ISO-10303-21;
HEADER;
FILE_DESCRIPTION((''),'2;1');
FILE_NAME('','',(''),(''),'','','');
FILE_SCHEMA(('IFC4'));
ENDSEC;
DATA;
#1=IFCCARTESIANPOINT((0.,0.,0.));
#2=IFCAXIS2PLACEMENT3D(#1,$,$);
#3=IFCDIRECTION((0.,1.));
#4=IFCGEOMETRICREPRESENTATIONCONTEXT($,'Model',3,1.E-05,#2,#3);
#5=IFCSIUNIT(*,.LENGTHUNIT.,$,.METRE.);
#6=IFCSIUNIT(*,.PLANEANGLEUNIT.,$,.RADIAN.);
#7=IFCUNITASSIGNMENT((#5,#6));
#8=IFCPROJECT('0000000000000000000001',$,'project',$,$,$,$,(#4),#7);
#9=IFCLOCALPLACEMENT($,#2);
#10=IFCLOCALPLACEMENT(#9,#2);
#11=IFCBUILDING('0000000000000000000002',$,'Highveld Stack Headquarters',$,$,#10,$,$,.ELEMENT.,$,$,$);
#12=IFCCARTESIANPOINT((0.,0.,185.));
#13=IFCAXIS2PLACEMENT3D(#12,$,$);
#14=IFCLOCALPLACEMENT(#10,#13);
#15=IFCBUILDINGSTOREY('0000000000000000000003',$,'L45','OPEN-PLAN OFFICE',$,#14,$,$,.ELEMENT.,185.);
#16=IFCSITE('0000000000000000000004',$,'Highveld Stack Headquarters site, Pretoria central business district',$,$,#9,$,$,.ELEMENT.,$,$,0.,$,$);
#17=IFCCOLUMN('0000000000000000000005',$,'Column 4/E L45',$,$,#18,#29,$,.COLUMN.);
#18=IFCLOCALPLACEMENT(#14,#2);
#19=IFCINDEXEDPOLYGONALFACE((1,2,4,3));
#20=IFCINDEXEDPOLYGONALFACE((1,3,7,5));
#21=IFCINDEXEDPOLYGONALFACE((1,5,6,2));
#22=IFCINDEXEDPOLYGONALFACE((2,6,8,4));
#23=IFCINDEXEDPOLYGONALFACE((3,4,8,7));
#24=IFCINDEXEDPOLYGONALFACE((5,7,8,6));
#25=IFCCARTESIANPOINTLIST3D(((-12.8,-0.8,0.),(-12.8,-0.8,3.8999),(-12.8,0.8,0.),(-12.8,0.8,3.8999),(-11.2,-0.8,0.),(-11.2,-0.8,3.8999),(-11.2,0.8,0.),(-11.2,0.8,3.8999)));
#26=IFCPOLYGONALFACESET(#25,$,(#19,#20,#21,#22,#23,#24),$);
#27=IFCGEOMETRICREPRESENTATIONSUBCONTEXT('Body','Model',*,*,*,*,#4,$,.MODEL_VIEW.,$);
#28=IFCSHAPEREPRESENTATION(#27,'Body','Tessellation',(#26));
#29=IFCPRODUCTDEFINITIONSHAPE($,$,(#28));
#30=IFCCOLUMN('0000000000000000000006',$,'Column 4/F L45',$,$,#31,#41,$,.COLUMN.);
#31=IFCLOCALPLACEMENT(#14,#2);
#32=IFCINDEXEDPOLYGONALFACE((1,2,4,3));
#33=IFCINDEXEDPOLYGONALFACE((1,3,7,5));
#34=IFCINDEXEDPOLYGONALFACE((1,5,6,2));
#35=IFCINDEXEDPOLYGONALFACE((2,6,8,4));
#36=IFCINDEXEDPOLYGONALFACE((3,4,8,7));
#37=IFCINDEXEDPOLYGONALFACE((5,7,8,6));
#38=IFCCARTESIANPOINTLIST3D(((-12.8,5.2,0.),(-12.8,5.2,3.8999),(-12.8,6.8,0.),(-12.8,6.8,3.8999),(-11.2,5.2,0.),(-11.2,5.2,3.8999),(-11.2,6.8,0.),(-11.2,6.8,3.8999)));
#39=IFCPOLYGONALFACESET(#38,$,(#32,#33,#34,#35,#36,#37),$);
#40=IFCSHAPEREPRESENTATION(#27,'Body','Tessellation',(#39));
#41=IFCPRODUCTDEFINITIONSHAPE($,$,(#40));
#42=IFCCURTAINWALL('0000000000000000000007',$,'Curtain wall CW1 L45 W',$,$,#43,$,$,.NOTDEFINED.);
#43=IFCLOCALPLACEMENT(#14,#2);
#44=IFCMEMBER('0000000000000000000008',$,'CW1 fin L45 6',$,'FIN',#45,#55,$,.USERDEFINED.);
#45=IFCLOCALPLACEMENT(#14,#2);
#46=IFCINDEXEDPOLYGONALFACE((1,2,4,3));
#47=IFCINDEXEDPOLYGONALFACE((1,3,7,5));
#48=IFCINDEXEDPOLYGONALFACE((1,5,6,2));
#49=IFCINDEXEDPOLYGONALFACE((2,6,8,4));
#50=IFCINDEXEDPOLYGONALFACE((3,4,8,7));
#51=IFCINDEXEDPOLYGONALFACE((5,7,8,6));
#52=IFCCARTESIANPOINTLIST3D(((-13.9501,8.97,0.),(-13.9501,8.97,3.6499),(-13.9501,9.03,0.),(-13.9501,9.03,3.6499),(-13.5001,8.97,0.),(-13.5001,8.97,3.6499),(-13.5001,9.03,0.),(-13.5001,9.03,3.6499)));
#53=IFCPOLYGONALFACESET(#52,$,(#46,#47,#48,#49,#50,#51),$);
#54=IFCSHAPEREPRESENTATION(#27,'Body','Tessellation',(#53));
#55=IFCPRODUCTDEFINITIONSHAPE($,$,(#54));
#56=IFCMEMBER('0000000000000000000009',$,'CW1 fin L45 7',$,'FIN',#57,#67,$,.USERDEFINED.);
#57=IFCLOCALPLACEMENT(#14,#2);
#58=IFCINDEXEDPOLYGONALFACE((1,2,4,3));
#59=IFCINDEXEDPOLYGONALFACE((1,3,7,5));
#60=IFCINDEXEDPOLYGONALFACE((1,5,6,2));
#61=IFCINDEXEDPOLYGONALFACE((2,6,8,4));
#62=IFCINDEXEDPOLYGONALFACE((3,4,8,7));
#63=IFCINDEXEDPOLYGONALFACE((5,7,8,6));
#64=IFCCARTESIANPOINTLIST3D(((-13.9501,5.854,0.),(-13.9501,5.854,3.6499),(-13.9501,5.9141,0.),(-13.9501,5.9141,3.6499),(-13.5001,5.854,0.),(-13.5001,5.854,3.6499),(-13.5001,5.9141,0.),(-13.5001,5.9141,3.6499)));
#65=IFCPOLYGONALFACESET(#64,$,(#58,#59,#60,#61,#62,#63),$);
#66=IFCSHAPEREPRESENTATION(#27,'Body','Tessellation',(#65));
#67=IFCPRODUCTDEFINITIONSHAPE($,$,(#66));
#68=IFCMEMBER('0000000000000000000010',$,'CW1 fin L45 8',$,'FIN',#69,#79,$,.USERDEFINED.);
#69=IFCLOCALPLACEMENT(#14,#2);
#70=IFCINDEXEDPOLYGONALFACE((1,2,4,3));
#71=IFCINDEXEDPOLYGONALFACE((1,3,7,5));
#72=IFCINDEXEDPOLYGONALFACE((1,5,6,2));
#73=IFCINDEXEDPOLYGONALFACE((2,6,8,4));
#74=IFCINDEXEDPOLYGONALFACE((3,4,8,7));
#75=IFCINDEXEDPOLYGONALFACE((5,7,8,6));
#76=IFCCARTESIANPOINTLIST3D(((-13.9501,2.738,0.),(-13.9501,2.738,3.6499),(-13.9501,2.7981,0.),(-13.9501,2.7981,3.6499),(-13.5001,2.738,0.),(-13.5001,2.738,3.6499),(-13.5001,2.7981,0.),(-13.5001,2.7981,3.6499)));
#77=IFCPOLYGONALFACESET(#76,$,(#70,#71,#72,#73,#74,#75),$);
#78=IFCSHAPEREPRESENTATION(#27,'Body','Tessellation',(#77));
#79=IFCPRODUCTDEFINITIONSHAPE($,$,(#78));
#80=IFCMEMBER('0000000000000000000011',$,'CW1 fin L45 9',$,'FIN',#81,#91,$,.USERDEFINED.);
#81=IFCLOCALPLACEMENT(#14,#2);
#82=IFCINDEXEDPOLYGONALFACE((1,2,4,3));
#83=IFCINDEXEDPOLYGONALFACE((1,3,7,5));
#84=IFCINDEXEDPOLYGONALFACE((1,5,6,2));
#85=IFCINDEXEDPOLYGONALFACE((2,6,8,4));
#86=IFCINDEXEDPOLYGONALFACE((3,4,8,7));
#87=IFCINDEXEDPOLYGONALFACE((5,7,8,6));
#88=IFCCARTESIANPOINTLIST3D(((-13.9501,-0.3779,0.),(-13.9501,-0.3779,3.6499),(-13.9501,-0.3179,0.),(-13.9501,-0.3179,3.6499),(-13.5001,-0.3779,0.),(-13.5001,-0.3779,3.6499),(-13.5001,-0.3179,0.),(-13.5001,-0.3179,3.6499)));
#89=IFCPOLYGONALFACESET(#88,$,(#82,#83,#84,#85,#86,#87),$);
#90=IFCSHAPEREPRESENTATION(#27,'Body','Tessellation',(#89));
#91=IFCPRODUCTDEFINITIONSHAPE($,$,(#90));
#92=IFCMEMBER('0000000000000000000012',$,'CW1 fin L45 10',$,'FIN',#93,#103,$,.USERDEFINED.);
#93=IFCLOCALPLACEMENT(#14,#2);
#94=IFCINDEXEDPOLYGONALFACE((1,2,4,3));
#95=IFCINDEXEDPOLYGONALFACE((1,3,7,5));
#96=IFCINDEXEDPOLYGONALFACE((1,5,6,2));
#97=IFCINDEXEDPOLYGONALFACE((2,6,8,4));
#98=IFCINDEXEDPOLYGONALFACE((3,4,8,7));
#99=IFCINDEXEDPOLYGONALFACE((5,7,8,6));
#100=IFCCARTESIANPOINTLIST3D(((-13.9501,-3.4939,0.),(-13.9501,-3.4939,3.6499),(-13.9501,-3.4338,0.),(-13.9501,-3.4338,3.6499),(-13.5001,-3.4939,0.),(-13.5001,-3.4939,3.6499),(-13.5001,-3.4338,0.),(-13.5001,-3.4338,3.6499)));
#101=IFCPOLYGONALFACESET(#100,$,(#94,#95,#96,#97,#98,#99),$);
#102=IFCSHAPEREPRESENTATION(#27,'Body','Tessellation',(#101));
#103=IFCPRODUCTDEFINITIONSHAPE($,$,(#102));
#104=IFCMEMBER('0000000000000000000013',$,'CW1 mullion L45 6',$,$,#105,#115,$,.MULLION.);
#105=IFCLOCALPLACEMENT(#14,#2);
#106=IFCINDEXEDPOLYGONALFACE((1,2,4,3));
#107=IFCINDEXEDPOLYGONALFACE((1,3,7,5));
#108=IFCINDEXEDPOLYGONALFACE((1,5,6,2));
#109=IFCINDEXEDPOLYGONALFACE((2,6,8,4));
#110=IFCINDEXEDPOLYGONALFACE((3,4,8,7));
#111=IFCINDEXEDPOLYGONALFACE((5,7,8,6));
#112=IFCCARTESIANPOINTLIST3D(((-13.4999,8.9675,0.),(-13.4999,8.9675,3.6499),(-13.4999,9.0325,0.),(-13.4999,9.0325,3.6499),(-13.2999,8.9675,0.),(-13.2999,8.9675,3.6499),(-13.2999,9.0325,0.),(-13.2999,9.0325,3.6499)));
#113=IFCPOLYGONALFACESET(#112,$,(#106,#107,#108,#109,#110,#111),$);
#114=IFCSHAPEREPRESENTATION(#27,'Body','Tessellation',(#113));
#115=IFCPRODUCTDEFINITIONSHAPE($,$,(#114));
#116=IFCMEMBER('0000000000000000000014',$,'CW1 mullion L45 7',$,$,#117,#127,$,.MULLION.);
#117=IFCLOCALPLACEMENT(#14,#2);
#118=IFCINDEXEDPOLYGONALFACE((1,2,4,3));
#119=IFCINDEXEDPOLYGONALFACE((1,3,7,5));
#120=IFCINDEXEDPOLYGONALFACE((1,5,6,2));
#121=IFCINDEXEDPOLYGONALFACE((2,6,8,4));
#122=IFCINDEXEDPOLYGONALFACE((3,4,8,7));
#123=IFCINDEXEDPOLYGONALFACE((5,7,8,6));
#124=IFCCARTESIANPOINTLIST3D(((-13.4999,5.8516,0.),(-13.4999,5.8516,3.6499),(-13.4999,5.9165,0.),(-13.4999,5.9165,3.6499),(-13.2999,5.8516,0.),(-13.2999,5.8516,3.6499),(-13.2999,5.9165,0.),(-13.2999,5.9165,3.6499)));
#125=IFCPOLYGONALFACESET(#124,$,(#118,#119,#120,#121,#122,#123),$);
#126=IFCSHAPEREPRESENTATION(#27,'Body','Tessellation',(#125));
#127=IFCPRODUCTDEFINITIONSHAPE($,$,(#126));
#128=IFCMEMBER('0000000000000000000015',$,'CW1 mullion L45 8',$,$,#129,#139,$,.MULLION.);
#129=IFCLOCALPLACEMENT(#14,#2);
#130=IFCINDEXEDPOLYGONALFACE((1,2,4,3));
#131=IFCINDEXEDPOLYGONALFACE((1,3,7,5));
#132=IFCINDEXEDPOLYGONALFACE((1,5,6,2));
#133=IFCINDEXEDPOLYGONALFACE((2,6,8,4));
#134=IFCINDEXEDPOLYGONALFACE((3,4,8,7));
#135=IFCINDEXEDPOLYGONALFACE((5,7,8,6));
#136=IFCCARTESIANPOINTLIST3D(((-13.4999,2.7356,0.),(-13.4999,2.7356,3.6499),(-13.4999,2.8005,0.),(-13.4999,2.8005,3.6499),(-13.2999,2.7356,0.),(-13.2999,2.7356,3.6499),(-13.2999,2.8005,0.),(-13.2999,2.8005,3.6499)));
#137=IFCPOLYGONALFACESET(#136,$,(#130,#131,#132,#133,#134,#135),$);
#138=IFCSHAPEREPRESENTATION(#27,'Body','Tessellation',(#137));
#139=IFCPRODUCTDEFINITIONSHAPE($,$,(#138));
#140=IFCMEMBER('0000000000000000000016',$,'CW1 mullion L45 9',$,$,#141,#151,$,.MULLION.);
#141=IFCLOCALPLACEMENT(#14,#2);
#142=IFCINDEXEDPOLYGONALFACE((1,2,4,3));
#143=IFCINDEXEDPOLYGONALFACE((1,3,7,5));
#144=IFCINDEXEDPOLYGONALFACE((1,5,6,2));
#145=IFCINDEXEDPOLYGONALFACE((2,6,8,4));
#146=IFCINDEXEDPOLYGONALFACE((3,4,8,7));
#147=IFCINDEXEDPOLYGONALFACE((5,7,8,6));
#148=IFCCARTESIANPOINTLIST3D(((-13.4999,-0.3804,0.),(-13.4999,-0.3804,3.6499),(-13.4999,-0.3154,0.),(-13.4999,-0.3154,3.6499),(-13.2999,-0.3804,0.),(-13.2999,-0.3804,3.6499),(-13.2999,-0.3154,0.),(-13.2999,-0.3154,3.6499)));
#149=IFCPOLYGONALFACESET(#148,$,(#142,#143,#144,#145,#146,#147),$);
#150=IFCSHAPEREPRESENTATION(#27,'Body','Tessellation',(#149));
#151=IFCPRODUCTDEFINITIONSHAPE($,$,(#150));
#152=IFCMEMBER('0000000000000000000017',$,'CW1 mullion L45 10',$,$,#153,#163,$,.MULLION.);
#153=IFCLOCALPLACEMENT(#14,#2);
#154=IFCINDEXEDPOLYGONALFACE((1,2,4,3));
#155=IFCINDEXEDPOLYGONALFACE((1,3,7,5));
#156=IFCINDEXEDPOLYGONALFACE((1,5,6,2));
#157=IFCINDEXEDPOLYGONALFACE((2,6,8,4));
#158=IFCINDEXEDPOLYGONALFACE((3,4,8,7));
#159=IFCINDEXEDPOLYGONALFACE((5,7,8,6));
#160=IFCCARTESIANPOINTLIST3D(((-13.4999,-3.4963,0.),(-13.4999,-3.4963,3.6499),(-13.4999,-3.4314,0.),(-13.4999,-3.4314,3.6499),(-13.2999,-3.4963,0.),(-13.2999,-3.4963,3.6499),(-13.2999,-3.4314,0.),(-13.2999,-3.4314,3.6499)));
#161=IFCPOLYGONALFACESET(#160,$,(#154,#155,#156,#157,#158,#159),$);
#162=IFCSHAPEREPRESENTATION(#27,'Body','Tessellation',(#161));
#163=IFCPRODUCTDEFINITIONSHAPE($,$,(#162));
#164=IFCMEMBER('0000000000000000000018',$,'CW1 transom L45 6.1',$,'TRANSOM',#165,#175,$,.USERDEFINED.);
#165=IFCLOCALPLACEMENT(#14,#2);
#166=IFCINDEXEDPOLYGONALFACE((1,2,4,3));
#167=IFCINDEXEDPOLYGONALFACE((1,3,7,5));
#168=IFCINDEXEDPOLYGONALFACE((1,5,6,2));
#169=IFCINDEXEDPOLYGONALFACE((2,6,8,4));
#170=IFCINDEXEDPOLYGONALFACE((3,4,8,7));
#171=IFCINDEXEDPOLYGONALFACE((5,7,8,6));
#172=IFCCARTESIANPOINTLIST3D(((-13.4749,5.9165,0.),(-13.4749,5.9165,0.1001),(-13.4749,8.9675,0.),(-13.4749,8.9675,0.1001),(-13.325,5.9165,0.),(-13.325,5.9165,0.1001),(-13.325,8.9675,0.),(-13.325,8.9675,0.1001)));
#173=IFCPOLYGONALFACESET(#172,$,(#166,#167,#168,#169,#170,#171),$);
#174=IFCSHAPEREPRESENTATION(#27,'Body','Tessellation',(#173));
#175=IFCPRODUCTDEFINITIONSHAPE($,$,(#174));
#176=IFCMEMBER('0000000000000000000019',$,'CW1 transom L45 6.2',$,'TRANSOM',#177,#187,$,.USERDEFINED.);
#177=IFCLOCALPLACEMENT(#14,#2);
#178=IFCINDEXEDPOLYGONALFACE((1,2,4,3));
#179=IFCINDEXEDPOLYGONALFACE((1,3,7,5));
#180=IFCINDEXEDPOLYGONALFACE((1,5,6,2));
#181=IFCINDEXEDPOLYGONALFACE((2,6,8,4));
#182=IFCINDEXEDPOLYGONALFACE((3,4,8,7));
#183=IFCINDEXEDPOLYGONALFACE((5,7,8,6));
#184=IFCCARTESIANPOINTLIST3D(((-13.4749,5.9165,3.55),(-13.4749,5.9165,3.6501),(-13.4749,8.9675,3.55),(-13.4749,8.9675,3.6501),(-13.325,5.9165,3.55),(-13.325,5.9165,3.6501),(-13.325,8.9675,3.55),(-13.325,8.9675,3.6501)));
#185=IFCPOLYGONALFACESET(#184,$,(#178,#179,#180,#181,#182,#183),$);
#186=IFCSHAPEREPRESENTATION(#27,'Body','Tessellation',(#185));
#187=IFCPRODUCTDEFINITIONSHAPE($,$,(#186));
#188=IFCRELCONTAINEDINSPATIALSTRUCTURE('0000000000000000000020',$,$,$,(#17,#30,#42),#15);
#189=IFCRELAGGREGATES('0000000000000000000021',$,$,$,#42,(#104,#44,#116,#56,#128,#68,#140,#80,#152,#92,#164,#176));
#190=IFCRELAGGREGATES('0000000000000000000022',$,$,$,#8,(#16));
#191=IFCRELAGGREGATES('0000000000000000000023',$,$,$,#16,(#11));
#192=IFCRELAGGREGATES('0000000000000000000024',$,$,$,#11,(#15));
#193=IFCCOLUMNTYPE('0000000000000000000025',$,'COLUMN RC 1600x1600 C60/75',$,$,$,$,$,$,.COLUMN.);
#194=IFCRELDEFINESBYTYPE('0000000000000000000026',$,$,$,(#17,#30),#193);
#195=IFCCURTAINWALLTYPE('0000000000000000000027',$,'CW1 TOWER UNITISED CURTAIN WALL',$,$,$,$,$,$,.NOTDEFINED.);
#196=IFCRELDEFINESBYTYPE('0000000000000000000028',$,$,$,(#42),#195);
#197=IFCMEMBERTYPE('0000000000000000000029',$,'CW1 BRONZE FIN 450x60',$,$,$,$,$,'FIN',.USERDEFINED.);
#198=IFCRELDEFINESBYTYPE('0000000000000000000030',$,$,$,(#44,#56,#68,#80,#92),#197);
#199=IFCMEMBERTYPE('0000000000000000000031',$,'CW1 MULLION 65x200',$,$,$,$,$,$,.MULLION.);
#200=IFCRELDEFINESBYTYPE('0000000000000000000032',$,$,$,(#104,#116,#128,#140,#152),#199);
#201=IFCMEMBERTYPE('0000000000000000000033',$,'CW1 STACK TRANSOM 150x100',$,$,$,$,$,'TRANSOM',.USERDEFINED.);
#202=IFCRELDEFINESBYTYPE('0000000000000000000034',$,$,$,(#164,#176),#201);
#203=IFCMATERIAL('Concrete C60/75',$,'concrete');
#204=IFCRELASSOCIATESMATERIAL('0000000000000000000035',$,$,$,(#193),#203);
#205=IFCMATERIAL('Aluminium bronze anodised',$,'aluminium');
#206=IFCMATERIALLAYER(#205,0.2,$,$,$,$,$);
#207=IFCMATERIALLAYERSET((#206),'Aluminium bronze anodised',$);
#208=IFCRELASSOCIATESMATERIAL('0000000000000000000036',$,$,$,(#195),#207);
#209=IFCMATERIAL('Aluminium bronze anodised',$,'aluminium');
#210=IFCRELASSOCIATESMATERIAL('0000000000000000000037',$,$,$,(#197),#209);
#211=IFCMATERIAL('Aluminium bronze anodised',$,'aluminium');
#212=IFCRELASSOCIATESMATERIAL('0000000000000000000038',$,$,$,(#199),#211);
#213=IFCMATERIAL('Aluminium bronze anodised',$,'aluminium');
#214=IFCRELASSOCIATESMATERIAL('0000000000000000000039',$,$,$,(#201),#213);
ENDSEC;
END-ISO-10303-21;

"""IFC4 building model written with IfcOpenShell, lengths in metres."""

from ifc_helpers import new_model, si_unit, direction, frame, origin, origin_2d, place, context, subcontext, project, spatial, rectangle, extrude, material, layer, layer_set, material_profile, profile_set, type_object, element, aggregate, save


model = new_model("IFC4")

# Units and contexts
model_context = context("Model", 3, precision=1e-05, world=origin(), true_north=direction((0.0, 1.0)))
body_context = subcontext(model_context, "Body", "Model", "MODEL_VIEW")
ifc_project = project(units=[si_unit("LENGTHUNIT", "METRE"), si_unit("PLANEANGLEUNIT", "RADIAN")], contexts=[model_context])

# Site, building, storey
site_placement = place(None, origin())
site = spatial("IfcSite", under=ifc_project, at=site_placement, Name="Highveld Stack Headquarters site, Pretoria central business district", CompositionType="ELEMENT", RefElevation=0.0)
building_placement = place(site_placement, origin())
building = spatial("IfcBuilding", under=site, at=building_placement, Name="Highveld Stack Headquarters", CompositionType="ELEMENT")
storey_placement = place(building_placement, frame((0.0, 0.0, 185.0)))
storey = spatial("IfcBuildingStorey", under=building, at=storey_placement, Name="L45", Description="OPEN-PLAN OFFICE", CompositionType="ELEMENT", Elevation=185.0)

# Columns
ifc_material_1 = material(Name="Concrete C60/75", Category="concrete")
ifc_material_profile_1 = material_profile(ifc_material_1, rectangle(XDim=1.6001, YDim=1.6001, at=origin_2d()), Name="RC 1600x1600")
ifc_profile_set_1 = profile_set([ifc_material_profile_1], Name="Concrete C60/75")
column_type = type_object("IfcColumnType", Name="COLUMN RC 1600x1600 C60/75", PredefinedType="COLUMN", material=ifc_profile_set_1)
for number, where, z_axis, x_axis, name in (
    (1, (-12.0, 0.0, 0.0), (0.0, 0.0, 1.0), (1.0, 0.0, 0.0), "Column 4/E L45"),
    (2, (-12.0, 6.0, 0.0), (0.0, 0.0, 1.0), (1.0, 0.0, 0.0), "Column 4/F L45"),
):
    element("IfcColumn", number, at=place(storey_placement, frame(where, z_axis=z_axis, x_axis=x_axis)), inside=storey, type_object=column_type, Name=name, PredefinedType="COLUMN", context=body_context, shape_type="SweptSolid", body=[
        extrude(rectangle(XDim=1.6001, YDim=1.6001, at=origin_2d()), origin(), (0.0, 0.0, 1.0), 3.8999),
    ])

# Curtain wall, members
ifc_material_2 = material(Name="Aluminium bronze anodised", Category="aluminium")
ifc_layer_1 = layer(ifc_material_2, 0.2)
ifc_layer_set_1 = layer_set([ifc_layer_1], Name="Aluminium bronze anodised")
curtain_wall_type = type_object("IfcCurtainWallType", Name="CW1 TOWER UNITISED CURTAIN WALL", PredefinedType="NOTDEFINED", material=ifc_layer_set_1)
curtain_wall_placement = place(storey_placement, origin())
curtain_wall = element("IfcCurtainWall", 3, at=curtain_wall_placement, inside=storey, type_object=curtain_wall_type, Name="Curtain wall CW1 L45 W", PredefinedType="NOTDEFINED")
ifc_material_3 = material(Name="Aluminium bronze anodised", Category="aluminium")
ifc_material_profile_2 = material_profile(ifc_material_3, rectangle(XDim=0.45, YDim=0.0601, at=origin_2d()), Name="FIN 450x60")
ifc_profile_set_2 = profile_set([ifc_material_profile_2], Name="Aluminium bronze anodised")
member_type_1 = type_object("IfcMemberType", Name="CW1 BRONZE FIN 450x60", ElementType="FIN", PredefinedType="USERDEFINED", material=ifc_profile_set_2)
member_1_placement = place(storey_placement, frame((-13.7251, 9.0, 0.0), z_axis=(0.0, 0.0, 1.0), x_axis=(1.0, 0.0, 0.0)))
member_1 = element("IfcMember", 4, at=member_1_placement, type_object=member_type_1, Name="CW1 fin L45 6", ObjectType="FIN", PredefinedType="USERDEFINED", context=body_context, shape_type="SweptSolid", body=[
    extrude(rectangle(XDim=0.45, YDim=0.0601, at=origin_2d()), origin(), (0.0, 0.0, 1.0), 3.6499),
])
member_2_placement = place(storey_placement, frame((-13.7251, 5.884, 0.0), z_axis=(0.0, 0.0, 1.0), x_axis=(1.0, 0.0, 0.0)))
member_2 = element("IfcMember", 5, at=member_2_placement, type_object=member_type_1, Name="CW1 fin L45 7", ObjectType="FIN", PredefinedType="USERDEFINED", context=body_context, shape_type="SweptSolid", body=[
    extrude(rectangle(XDim=0.45, YDim=0.0601, at=origin_2d()), origin(), (0.0, 0.0, 1.0), 3.6499),
])
member_3_placement = place(storey_placement, frame((-13.7251, 2.7681, 0.0), z_axis=(0.0, 0.0, 1.0), x_axis=(1.0, 0.0, 0.0)))
member_3 = element("IfcMember", 6, at=member_3_placement, type_object=member_type_1, Name="CW1 fin L45 8", ObjectType="FIN", PredefinedType="USERDEFINED", context=body_context, shape_type="SweptSolid", body=[
    extrude(rectangle(XDim=0.45, YDim=0.0601, at=origin_2d()), origin(), (0.0, 0.0, 1.0), 3.6499),
])
member_4_placement = place(storey_placement, frame((-13.7251, -0.3479, 0.0), z_axis=(0.0, 0.0, 1.0), x_axis=(1.0, 0.0, 0.0)))
member_4 = element("IfcMember", 7, at=member_4_placement, type_object=member_type_1, Name="CW1 fin L45 9", ObjectType="FIN", PredefinedType="USERDEFINED", context=body_context, shape_type="SweptSolid", body=[
    extrude(rectangle(XDim=0.45, YDim=0.0601, at=origin_2d()), origin(), (0.0, 0.0, 1.0), 3.6499),
])
member_5_placement = place(storey_placement, frame((-13.7251, -3.4639, 0.0), z_axis=(0.0, 0.0, 1.0), x_axis=(1.0, 0.0, 0.0)))
member_5 = element("IfcMember", 8, at=member_5_placement, type_object=member_type_1, Name="CW1 fin L45 10", ObjectType="FIN", PredefinedType="USERDEFINED", context=body_context, shape_type="SweptSolid", body=[
    extrude(rectangle(XDim=0.45, YDim=0.0601, at=origin_2d()), origin(), (0.0, 0.0, 1.0), 3.6499),
])
ifc_material_4 = material(Name="Aluminium bronze anodised", Category="aluminium")
ifc_material_profile_3 = material_profile(ifc_material_4, rectangle(XDim=0.2, YDim=0.0649, at=origin_2d()), Name="CW1 MULLION 65x200")
ifc_profile_set_3 = profile_set([ifc_material_profile_3], Name="Aluminium bronze anodised")
member_type_2 = type_object("IfcMemberType", Name="CW1 MULLION 65x200", PredefinedType="MULLION", material=ifc_profile_set_3)
member_6_placement = place(storey_placement, frame((-13.3999, 9.0, 0.0), z_axis=(0.0, 0.0, 1.0), x_axis=(1.0, 0.0, 0.0)))
member_6 = element("IfcMember", 9, at=member_6_placement, type_object=member_type_2, Name="CW1 mullion L45 6", PredefinedType="MULLION", context=body_context, shape_type="SweptSolid", body=[
    extrude(rectangle(XDim=0.2, YDim=0.0649, at=origin_2d()), origin(), (0.0, 0.0, 1.0), 3.6499),
])
member_7_placement = place(storey_placement, frame((-13.3999, 5.884, 0.0), z_axis=(0.0, 0.0, 1.0), x_axis=(1.0, 0.0, 0.0)))
member_7 = element("IfcMember", 10, at=member_7_placement, type_object=member_type_2, Name="CW1 mullion L45 7", PredefinedType="MULLION", context=body_context, shape_type="SweptSolid", body=[
    extrude(rectangle(XDim=0.2, YDim=0.0649, at=origin_2d()), origin(), (0.0, 0.0, 1.0), 3.6499),
])
member_8_placement = place(storey_placement, frame((-13.3999, 2.7681, 0.0), z_axis=(0.0, 0.0, 1.0), x_axis=(1.0, 0.0, 0.0)))
member_8 = element("IfcMember", 11, at=member_8_placement, type_object=member_type_2, Name="CW1 mullion L45 8", PredefinedType="MULLION", context=body_context, shape_type="SweptSolid", body=[
    extrude(rectangle(XDim=0.2, YDim=0.0649, at=origin_2d()), origin(), (0.0, 0.0, 1.0), 3.6499),
])
member_9_placement = place(storey_placement, frame((-13.3999, -0.3479, 0.0), z_axis=(0.0, 0.0, 1.0), x_axis=(1.0, 0.0, 0.0)))
member_9 = element("IfcMember", 12, at=member_9_placement, type_object=member_type_2, Name="CW1 mullion L45 9", PredefinedType="MULLION", context=body_context, shape_type="SweptSolid", body=[
    extrude(rectangle(XDim=0.2, YDim=0.0649, at=origin_2d()), origin(), (0.0, 0.0, 1.0), 3.6499),
])
member_10_placement = place(storey_placement, frame((-13.3999, -3.4639, 0.0), z_axis=(0.0, 0.0, 1.0), x_axis=(1.0, 0.0, 0.0)))
member_10 = element("IfcMember", 13, at=member_10_placement, type_object=member_type_2, Name="CW1 mullion L45 10", PredefinedType="MULLION", context=body_context, shape_type="SweptSolid", body=[
    extrude(rectangle(XDim=0.2, YDim=0.0649, at=origin_2d()), origin(), (0.0, 0.0, 1.0), 3.6499),
])
ifc_material_5 = material(Name="Aluminium bronze anodised", Category="aluminium")
ifc_material_profile_4 = material_profile(ifc_material_5, rectangle(XDim=0.1499, YDim=0.1001, at=origin_2d()), Name="CW1 TRANSOM 150x100")
ifc_profile_set_4 = profile_set([ifc_material_profile_4], Name="Aluminium bronze anodised")
member_type_3 = type_object("IfcMemberType", Name="CW1 STACK TRANSOM 150x100", ElementType="TRANSOM", PredefinedType="USERDEFINED", material=ifc_profile_set_4)
member_11_placement = place(storey_placement, frame((-13.3999, 8.9675, 0.05), z_axis=(0.0, -1.0, 0.0), x_axis=(1.0, 0.0, 0.0)))
member_11 = element("IfcMember", 14, at=member_11_placement, type_object=member_type_3, Name="CW1 transom L45 6.1", ObjectType="TRANSOM", PredefinedType="USERDEFINED", context=body_context, shape_type="SweptSolid", body=[
    extrude(rectangle(XDim=0.1499, YDim=0.1001, at=origin_2d()), origin(), (0.0, 0.0, 1.0), 3.051),
])
member_12_placement = place(storey_placement, frame((-13.3999, 8.9675, 3.6001), z_axis=(0.0, -1.0, 0.0), x_axis=(1.0, 0.0, 0.0)))
member_12 = element("IfcMember", 15, at=member_12_placement, type_object=member_type_3, Name="CW1 transom L45 6.2", ObjectType="TRANSOM", PredefinedType="USERDEFINED", context=body_context, shape_type="SweptSolid", body=[
    extrude(rectangle(XDim=0.1499, YDim=0.1001, at=origin_2d()), origin(), (0.0, 0.0, 1.0), 3.051),
])
aggregate(curtain_wall, [member_6, member_1, member_7, member_2, member_8, member_3, member_9, member_4, member_10, member_5, member_11, member_12])

save(model, "model.ifc")
